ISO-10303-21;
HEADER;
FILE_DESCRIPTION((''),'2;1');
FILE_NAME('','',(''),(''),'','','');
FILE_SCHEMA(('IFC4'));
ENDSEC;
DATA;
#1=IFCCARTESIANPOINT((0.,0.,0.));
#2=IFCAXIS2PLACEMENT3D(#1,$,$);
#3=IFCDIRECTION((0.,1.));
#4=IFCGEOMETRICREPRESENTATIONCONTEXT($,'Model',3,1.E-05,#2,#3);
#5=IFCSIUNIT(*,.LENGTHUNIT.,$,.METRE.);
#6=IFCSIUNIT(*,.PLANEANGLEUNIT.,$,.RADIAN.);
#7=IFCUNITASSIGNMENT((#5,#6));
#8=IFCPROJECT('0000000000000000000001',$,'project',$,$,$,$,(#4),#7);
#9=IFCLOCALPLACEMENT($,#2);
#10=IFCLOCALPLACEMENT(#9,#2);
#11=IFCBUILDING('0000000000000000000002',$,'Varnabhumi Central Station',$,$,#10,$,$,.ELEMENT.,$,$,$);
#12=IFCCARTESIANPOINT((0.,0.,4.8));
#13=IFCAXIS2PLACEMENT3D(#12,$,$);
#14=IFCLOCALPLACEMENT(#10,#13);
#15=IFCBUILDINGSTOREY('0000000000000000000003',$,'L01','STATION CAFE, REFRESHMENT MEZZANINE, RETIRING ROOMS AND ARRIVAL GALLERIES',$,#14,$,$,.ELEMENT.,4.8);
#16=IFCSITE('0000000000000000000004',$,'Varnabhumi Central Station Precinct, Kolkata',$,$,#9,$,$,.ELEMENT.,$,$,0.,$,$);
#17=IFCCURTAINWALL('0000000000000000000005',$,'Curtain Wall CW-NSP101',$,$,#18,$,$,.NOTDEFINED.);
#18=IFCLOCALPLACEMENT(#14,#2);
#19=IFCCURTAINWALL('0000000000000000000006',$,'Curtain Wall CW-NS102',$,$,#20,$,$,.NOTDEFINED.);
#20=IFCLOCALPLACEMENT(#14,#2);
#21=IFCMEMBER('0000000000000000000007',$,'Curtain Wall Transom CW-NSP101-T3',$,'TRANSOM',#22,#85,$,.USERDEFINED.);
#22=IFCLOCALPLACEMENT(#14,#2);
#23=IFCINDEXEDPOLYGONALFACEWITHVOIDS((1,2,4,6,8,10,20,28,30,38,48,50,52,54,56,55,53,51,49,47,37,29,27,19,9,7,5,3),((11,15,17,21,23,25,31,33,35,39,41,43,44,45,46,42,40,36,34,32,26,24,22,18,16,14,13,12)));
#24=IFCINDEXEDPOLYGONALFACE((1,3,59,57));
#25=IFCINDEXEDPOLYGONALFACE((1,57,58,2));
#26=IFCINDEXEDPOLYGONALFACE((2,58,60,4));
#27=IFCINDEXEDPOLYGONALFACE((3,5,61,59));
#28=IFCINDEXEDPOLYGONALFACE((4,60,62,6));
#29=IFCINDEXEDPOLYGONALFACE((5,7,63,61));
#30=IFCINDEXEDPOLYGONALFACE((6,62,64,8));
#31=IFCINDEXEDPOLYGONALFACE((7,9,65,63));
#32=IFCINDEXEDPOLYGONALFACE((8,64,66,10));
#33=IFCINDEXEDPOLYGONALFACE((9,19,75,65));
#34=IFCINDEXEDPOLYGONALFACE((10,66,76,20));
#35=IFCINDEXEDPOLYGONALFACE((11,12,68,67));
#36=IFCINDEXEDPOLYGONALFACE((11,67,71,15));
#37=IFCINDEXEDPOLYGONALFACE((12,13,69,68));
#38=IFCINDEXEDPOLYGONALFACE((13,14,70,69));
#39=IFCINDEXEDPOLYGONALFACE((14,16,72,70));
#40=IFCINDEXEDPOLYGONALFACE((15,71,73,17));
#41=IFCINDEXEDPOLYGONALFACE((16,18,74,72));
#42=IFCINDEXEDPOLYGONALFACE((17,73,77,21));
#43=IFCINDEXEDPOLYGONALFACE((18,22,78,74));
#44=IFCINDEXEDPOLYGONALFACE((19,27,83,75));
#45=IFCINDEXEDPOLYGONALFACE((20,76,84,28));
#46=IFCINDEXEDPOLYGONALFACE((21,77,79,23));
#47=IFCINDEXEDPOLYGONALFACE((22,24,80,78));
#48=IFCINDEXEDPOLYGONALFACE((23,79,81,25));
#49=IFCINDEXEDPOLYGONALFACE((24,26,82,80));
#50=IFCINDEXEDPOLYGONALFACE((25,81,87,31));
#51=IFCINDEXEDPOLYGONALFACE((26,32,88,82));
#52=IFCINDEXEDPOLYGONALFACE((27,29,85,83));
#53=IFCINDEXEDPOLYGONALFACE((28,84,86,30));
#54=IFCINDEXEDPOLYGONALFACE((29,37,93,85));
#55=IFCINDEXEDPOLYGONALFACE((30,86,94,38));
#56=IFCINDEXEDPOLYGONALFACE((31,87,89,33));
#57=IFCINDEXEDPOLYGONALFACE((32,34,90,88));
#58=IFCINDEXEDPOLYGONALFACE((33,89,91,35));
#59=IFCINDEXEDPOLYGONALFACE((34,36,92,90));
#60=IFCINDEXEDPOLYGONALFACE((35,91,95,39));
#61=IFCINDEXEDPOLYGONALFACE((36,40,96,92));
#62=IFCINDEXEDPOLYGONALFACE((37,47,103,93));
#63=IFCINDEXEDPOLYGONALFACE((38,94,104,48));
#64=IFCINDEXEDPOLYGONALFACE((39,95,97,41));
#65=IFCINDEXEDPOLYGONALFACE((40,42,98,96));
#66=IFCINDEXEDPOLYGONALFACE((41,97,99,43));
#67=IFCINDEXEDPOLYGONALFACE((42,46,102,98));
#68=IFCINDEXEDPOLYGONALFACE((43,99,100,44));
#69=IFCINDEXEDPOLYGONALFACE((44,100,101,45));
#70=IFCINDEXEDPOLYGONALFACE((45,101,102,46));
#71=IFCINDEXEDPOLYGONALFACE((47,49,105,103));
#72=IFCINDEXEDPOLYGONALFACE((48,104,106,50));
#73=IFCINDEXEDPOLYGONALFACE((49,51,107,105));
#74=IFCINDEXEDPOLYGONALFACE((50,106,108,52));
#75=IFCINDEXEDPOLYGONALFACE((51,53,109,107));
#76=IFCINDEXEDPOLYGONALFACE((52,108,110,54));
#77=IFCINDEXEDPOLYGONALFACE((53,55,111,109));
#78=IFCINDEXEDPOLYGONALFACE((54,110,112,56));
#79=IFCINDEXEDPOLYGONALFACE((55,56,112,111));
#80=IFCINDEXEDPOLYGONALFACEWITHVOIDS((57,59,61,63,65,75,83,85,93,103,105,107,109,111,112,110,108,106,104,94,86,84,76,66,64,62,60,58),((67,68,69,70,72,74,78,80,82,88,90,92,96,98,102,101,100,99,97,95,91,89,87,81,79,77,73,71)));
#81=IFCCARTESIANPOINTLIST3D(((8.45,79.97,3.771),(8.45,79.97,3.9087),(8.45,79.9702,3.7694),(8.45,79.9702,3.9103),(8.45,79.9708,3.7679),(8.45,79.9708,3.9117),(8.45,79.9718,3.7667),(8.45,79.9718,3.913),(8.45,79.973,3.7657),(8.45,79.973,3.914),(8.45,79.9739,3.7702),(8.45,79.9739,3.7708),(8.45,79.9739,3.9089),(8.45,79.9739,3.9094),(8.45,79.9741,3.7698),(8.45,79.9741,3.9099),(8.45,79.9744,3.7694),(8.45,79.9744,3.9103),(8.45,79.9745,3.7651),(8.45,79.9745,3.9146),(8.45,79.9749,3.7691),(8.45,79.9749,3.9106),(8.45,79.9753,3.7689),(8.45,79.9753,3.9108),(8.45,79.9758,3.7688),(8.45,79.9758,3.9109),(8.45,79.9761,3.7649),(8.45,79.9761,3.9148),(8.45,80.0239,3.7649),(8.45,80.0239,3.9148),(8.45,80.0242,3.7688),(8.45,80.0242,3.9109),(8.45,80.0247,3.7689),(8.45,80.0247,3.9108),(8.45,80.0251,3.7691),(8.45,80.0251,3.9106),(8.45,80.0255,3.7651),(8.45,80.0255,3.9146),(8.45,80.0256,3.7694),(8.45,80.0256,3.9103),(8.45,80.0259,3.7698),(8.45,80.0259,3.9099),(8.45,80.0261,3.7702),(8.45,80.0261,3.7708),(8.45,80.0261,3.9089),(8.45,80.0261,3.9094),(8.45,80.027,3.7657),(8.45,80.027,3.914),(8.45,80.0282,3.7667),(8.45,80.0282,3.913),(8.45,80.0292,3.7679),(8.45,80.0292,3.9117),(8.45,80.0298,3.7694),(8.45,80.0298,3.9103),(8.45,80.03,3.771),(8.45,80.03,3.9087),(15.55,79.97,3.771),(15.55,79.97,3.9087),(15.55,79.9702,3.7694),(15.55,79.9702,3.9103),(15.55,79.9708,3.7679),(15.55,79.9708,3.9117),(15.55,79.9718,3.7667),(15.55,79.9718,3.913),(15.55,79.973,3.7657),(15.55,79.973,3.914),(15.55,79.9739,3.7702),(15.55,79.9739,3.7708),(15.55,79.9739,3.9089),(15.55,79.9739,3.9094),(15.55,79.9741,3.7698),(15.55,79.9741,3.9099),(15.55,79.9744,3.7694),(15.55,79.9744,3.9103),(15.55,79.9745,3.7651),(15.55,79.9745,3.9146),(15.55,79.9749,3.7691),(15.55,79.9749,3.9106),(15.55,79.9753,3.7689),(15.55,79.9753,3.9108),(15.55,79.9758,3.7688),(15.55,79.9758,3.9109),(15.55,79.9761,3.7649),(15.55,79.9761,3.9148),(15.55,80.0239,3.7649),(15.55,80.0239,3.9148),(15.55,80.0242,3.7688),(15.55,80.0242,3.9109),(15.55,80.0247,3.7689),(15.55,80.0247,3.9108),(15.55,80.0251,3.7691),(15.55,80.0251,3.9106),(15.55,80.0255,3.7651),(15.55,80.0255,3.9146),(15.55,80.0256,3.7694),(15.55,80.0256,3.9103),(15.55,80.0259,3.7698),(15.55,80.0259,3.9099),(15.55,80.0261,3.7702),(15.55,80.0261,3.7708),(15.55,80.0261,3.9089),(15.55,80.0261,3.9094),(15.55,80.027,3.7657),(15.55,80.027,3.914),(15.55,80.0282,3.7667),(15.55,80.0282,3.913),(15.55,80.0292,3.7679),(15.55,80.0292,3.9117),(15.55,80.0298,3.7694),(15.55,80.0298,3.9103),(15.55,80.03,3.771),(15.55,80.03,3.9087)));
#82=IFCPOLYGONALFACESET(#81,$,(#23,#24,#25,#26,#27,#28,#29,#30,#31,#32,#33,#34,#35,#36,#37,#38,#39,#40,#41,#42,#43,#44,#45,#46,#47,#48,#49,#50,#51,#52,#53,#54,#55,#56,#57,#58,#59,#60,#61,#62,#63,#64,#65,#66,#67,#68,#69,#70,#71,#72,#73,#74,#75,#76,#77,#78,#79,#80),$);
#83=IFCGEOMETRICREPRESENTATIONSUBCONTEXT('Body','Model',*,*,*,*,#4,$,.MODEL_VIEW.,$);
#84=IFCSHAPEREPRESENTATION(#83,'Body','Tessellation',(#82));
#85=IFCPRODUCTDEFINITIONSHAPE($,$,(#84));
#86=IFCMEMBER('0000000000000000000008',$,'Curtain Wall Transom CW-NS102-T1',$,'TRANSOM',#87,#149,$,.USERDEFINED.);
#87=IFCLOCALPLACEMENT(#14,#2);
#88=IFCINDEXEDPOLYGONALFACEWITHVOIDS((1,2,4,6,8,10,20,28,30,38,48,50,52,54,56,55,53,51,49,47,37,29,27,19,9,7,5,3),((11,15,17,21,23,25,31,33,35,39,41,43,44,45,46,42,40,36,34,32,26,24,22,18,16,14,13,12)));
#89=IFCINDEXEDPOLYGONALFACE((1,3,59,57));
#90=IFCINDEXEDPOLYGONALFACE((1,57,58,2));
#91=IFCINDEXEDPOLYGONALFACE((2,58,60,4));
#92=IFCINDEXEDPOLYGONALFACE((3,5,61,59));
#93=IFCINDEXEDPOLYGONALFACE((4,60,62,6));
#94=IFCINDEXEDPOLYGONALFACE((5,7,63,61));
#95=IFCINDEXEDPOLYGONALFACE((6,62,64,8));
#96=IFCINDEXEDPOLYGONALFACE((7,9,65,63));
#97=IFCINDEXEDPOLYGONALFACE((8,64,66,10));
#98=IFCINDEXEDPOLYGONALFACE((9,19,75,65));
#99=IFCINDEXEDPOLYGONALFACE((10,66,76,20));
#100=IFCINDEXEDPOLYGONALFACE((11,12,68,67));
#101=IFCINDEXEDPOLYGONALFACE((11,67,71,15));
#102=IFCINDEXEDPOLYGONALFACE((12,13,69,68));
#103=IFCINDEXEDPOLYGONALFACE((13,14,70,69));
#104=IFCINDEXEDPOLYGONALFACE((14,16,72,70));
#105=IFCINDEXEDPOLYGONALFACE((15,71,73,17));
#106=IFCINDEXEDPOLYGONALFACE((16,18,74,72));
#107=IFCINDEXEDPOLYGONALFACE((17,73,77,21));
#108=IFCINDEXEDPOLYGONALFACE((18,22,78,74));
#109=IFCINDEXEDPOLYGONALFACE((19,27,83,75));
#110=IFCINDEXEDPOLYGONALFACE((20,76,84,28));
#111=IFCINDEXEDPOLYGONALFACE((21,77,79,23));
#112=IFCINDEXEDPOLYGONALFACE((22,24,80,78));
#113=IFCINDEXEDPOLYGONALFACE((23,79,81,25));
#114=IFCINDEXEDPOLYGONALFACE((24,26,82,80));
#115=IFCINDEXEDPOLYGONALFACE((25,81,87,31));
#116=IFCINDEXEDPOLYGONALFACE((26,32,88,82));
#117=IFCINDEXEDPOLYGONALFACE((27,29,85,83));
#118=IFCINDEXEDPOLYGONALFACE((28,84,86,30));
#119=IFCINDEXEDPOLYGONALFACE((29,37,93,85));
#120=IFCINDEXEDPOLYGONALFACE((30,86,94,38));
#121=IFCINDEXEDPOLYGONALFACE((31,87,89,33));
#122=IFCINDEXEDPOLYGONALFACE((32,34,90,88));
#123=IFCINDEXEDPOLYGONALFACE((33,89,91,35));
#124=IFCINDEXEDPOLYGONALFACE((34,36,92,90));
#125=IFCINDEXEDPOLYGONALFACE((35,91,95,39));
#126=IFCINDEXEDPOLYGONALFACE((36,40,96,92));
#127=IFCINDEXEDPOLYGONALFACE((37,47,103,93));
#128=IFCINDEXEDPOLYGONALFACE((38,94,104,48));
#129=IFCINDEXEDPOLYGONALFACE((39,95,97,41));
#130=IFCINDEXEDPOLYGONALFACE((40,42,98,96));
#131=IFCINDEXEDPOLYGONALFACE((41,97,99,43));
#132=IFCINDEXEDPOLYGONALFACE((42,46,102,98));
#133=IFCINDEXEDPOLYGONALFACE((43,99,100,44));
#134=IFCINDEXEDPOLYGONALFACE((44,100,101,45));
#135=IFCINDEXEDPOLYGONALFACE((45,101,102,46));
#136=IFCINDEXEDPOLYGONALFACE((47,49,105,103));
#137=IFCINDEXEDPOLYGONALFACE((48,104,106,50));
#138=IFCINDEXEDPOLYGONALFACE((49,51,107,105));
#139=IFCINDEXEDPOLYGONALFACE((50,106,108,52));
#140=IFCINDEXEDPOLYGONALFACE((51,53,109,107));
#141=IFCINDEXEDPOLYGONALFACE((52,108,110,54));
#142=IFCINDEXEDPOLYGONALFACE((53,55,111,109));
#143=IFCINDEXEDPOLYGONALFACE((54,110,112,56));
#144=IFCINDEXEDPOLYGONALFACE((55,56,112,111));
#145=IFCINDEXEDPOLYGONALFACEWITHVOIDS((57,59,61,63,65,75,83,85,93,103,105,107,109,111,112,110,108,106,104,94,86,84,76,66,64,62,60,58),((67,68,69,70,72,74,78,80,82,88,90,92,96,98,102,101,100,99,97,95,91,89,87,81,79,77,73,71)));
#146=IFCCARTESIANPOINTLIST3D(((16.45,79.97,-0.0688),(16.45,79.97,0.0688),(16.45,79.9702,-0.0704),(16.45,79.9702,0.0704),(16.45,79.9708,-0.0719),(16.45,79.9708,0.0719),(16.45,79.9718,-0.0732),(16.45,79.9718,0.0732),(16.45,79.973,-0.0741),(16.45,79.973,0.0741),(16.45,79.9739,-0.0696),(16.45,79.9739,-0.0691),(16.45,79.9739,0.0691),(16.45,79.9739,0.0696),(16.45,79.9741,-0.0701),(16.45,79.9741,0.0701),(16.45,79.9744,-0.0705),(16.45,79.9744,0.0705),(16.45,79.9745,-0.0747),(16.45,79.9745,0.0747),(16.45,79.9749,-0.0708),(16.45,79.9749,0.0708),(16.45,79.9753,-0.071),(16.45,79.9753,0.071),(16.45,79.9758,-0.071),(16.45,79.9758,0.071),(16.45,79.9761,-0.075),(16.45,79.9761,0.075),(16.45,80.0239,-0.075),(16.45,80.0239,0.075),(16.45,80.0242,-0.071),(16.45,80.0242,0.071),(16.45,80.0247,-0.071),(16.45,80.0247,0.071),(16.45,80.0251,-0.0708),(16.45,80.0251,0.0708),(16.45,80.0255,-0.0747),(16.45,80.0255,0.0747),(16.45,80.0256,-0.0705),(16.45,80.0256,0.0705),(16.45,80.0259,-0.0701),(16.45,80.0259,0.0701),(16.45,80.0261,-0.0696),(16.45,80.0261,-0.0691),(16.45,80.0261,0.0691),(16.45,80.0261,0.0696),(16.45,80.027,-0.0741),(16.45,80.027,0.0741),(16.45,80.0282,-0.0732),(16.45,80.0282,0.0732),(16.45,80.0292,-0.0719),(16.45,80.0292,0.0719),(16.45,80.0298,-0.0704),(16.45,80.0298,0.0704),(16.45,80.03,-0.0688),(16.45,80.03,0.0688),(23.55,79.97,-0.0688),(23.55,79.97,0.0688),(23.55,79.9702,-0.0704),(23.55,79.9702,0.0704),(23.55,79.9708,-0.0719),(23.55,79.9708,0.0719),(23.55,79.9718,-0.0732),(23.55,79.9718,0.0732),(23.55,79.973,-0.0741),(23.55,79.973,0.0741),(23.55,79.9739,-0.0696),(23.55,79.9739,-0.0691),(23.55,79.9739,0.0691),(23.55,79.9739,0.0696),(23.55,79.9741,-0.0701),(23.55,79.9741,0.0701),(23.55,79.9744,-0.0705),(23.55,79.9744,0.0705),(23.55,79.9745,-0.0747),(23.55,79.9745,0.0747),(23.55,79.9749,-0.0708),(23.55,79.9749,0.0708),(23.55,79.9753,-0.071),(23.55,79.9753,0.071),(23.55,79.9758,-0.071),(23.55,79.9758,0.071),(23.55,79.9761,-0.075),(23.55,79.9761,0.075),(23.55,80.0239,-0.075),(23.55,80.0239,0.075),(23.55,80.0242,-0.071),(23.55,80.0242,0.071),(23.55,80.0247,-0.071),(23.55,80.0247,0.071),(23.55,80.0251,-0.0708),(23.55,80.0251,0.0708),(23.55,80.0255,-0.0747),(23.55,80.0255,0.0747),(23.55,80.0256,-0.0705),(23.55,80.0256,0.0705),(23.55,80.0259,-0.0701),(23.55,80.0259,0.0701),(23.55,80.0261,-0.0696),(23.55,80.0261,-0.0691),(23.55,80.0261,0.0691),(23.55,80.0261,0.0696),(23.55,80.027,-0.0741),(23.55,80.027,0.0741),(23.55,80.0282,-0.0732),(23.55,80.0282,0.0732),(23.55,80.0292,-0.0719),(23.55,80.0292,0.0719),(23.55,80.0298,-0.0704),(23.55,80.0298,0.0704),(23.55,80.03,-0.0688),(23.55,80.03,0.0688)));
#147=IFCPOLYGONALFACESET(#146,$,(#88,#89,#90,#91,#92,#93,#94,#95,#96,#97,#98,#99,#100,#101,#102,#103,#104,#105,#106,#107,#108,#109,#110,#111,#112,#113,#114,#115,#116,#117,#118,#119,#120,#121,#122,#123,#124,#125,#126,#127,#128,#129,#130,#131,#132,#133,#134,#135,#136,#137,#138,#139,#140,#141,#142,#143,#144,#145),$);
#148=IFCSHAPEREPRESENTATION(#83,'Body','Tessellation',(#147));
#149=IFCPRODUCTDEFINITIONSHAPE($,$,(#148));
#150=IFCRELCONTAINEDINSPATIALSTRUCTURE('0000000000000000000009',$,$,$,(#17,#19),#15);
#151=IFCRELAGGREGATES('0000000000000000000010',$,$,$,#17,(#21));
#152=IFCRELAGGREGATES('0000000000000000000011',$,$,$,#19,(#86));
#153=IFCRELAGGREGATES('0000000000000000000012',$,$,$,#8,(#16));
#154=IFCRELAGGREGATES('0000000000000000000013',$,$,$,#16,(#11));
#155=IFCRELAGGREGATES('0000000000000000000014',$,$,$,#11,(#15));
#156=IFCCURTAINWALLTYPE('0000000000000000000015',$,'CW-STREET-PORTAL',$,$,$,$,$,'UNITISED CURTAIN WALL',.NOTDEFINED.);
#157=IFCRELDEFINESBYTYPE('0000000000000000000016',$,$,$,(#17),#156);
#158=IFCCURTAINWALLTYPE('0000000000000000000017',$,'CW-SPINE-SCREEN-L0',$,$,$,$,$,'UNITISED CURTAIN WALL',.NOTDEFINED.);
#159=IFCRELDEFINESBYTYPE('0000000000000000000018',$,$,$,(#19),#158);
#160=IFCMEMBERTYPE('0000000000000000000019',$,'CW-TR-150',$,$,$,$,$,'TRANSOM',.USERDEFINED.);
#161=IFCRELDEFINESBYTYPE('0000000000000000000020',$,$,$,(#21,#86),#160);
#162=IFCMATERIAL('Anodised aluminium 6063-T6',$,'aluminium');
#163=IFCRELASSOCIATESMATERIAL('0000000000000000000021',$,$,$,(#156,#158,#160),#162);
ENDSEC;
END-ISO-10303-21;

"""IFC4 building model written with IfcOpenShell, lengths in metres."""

from ifc_helpers import new_model, si_unit, direction, frame, origin, origin_2d, place, context, subcontext, project, spatial, hollow_rectangle, extrude, material, material_profile, profile_set, type_object, element, aggregate, save


model = new_model("IFC4")

# Units and contexts
model_context = context("Model", 3, precision=1e-05, world=origin(), true_north=direction((0.0, 1.0)))
body_context = subcontext(model_context, "Body", "Model", "MODEL_VIEW")
ifc_project = project(units=[si_unit("LENGTHUNIT", "METRE"), si_unit("PLANEANGLEUNIT", "RADIAN")], contexts=[model_context])

# Site, building, storey
site_placement = place(None, origin())
site = spatial("IfcSite", under=ifc_project, at=site_placement, Name="Varnabhumi Central Station Precinct, Kolkata", CompositionType="ELEMENT", RefElevation=0.0)
building_placement = place(site_placement, origin())
building = spatial("IfcBuilding", under=site, at=building_placement, Name="Varnabhumi Central Station", CompositionType="ELEMENT")
storey_placement = place(building_placement, frame((0.0, 0.0, 4.8)))
storey = spatial("IfcBuildingStorey", under=building, at=storey_placement, Name="L01", Description="STATION CAFE, REFRESHMENT MEZZANINE, RETIRING ROOMS AND ARRIVAL GALLERIES", CompositionType="ELEMENT", Elevation=4.8)

# Curtain wall
ifc_material_1 = material(Name="Anodised aluminium 6063-T6", Category="aluminium")
curtain_wall_type_1 = type_object("IfcCurtainWallType", Name="CW-STREET-PORTAL", ElementType="UNITISED CURTAIN WALL", PredefinedType="NOTDEFINED", material=ifc_material_1)
curtain_wall_1_placement = place(storey_placement, origin())
curtain_wall_1 = element("IfcCurtainWall", 1, at=curtain_wall_1_placement, inside=storey, type_object=curtain_wall_type_1, Name="Curtain Wall CW-NSP101", PredefinedType="NOTDEFINED")

# Curtain wall
curtain_wall_type_2 = type_object("IfcCurtainWallType", Name="CW-SPINE-SCREEN-L0", ElementType="UNITISED CURTAIN WALL", PredefinedType="NOTDEFINED", material=ifc_material_1)
curtain_wall_2_placement = place(storey_placement, origin())
curtain_wall_2 = element("IfcCurtainWall", 2, at=curtain_wall_2_placement, inside=storey, type_object=curtain_wall_type_2, Name="Curtain Wall CW-NS102", PredefinedType="NOTDEFINED")

# Members
ifc_material_profile_1 = material_profile(ifc_material_1, hollow_rectangle(XDim=0.0601, YDim=0.1499, WallThickness=0.0039, InnerFilletRadius=0.002, OuterFilletRadius=0.0061, at=origin_2d()), Name="Anodised aluminium 6063-T6", Category="aluminium")
ifc_profile_set_1 = profile_set([ifc_material_profile_1], Name="Anodised aluminium 6063-T6")
member_type_1 = type_object("IfcMemberType", Name="CW-TR-150", ElementType="TRANSOM", PredefinedType="USERDEFINED", material=ifc_profile_set_1)
member_1_placement = place(storey_placement, frame((8.45, 80.0, 3.8398), z_axis=(1.0, 0.0, 0.0), x_axis=(0.0, 1.0, 0.0)))
member_1 = element("IfcMember", 3, at=member_1_placement, type_object=member_type_1, Name="Curtain Wall Transom CW-NSP101-T3", ObjectType="TRANSOM", PredefinedType="USERDEFINED", context=body_context, shape_type="SweptSolid", body=[
    extrude(hollow_rectangle(XDim=0.0601, YDim=0.1499, WallThickness=0.0039, InnerFilletRadius=0.002, OuterFilletRadius=0.0061, at=origin_2d()), origin(), (0.0, 0.0, 1.0), 7.1001),
])
member_2_placement = place(storey_placement, frame((16.45, 80.0, 0.0), z_axis=(1.0, 0.0, 0.0), x_axis=(0.0, 1.0, 0.0)))
member_2 = element("IfcMember", 4, at=member_2_placement, type_object=member_type_1, Name="Curtain Wall Transom CW-NS102-T1", ObjectType="TRANSOM", PredefinedType="USERDEFINED", context=body_context, shape_type="SweptSolid", body=[
    extrude(hollow_rectangle(XDim=0.0601, YDim=0.1499, WallThickness=0.0039, InnerFilletRadius=0.002, OuterFilletRadius=0.0061, at=origin_2d()), origin(), (0.0, 0.0, 1.0), 7.1001),
])

aggregate(curtain_wall_1, [member_1])
aggregate(curtain_wall_2, [member_2])

save(model, "model.ifc")
